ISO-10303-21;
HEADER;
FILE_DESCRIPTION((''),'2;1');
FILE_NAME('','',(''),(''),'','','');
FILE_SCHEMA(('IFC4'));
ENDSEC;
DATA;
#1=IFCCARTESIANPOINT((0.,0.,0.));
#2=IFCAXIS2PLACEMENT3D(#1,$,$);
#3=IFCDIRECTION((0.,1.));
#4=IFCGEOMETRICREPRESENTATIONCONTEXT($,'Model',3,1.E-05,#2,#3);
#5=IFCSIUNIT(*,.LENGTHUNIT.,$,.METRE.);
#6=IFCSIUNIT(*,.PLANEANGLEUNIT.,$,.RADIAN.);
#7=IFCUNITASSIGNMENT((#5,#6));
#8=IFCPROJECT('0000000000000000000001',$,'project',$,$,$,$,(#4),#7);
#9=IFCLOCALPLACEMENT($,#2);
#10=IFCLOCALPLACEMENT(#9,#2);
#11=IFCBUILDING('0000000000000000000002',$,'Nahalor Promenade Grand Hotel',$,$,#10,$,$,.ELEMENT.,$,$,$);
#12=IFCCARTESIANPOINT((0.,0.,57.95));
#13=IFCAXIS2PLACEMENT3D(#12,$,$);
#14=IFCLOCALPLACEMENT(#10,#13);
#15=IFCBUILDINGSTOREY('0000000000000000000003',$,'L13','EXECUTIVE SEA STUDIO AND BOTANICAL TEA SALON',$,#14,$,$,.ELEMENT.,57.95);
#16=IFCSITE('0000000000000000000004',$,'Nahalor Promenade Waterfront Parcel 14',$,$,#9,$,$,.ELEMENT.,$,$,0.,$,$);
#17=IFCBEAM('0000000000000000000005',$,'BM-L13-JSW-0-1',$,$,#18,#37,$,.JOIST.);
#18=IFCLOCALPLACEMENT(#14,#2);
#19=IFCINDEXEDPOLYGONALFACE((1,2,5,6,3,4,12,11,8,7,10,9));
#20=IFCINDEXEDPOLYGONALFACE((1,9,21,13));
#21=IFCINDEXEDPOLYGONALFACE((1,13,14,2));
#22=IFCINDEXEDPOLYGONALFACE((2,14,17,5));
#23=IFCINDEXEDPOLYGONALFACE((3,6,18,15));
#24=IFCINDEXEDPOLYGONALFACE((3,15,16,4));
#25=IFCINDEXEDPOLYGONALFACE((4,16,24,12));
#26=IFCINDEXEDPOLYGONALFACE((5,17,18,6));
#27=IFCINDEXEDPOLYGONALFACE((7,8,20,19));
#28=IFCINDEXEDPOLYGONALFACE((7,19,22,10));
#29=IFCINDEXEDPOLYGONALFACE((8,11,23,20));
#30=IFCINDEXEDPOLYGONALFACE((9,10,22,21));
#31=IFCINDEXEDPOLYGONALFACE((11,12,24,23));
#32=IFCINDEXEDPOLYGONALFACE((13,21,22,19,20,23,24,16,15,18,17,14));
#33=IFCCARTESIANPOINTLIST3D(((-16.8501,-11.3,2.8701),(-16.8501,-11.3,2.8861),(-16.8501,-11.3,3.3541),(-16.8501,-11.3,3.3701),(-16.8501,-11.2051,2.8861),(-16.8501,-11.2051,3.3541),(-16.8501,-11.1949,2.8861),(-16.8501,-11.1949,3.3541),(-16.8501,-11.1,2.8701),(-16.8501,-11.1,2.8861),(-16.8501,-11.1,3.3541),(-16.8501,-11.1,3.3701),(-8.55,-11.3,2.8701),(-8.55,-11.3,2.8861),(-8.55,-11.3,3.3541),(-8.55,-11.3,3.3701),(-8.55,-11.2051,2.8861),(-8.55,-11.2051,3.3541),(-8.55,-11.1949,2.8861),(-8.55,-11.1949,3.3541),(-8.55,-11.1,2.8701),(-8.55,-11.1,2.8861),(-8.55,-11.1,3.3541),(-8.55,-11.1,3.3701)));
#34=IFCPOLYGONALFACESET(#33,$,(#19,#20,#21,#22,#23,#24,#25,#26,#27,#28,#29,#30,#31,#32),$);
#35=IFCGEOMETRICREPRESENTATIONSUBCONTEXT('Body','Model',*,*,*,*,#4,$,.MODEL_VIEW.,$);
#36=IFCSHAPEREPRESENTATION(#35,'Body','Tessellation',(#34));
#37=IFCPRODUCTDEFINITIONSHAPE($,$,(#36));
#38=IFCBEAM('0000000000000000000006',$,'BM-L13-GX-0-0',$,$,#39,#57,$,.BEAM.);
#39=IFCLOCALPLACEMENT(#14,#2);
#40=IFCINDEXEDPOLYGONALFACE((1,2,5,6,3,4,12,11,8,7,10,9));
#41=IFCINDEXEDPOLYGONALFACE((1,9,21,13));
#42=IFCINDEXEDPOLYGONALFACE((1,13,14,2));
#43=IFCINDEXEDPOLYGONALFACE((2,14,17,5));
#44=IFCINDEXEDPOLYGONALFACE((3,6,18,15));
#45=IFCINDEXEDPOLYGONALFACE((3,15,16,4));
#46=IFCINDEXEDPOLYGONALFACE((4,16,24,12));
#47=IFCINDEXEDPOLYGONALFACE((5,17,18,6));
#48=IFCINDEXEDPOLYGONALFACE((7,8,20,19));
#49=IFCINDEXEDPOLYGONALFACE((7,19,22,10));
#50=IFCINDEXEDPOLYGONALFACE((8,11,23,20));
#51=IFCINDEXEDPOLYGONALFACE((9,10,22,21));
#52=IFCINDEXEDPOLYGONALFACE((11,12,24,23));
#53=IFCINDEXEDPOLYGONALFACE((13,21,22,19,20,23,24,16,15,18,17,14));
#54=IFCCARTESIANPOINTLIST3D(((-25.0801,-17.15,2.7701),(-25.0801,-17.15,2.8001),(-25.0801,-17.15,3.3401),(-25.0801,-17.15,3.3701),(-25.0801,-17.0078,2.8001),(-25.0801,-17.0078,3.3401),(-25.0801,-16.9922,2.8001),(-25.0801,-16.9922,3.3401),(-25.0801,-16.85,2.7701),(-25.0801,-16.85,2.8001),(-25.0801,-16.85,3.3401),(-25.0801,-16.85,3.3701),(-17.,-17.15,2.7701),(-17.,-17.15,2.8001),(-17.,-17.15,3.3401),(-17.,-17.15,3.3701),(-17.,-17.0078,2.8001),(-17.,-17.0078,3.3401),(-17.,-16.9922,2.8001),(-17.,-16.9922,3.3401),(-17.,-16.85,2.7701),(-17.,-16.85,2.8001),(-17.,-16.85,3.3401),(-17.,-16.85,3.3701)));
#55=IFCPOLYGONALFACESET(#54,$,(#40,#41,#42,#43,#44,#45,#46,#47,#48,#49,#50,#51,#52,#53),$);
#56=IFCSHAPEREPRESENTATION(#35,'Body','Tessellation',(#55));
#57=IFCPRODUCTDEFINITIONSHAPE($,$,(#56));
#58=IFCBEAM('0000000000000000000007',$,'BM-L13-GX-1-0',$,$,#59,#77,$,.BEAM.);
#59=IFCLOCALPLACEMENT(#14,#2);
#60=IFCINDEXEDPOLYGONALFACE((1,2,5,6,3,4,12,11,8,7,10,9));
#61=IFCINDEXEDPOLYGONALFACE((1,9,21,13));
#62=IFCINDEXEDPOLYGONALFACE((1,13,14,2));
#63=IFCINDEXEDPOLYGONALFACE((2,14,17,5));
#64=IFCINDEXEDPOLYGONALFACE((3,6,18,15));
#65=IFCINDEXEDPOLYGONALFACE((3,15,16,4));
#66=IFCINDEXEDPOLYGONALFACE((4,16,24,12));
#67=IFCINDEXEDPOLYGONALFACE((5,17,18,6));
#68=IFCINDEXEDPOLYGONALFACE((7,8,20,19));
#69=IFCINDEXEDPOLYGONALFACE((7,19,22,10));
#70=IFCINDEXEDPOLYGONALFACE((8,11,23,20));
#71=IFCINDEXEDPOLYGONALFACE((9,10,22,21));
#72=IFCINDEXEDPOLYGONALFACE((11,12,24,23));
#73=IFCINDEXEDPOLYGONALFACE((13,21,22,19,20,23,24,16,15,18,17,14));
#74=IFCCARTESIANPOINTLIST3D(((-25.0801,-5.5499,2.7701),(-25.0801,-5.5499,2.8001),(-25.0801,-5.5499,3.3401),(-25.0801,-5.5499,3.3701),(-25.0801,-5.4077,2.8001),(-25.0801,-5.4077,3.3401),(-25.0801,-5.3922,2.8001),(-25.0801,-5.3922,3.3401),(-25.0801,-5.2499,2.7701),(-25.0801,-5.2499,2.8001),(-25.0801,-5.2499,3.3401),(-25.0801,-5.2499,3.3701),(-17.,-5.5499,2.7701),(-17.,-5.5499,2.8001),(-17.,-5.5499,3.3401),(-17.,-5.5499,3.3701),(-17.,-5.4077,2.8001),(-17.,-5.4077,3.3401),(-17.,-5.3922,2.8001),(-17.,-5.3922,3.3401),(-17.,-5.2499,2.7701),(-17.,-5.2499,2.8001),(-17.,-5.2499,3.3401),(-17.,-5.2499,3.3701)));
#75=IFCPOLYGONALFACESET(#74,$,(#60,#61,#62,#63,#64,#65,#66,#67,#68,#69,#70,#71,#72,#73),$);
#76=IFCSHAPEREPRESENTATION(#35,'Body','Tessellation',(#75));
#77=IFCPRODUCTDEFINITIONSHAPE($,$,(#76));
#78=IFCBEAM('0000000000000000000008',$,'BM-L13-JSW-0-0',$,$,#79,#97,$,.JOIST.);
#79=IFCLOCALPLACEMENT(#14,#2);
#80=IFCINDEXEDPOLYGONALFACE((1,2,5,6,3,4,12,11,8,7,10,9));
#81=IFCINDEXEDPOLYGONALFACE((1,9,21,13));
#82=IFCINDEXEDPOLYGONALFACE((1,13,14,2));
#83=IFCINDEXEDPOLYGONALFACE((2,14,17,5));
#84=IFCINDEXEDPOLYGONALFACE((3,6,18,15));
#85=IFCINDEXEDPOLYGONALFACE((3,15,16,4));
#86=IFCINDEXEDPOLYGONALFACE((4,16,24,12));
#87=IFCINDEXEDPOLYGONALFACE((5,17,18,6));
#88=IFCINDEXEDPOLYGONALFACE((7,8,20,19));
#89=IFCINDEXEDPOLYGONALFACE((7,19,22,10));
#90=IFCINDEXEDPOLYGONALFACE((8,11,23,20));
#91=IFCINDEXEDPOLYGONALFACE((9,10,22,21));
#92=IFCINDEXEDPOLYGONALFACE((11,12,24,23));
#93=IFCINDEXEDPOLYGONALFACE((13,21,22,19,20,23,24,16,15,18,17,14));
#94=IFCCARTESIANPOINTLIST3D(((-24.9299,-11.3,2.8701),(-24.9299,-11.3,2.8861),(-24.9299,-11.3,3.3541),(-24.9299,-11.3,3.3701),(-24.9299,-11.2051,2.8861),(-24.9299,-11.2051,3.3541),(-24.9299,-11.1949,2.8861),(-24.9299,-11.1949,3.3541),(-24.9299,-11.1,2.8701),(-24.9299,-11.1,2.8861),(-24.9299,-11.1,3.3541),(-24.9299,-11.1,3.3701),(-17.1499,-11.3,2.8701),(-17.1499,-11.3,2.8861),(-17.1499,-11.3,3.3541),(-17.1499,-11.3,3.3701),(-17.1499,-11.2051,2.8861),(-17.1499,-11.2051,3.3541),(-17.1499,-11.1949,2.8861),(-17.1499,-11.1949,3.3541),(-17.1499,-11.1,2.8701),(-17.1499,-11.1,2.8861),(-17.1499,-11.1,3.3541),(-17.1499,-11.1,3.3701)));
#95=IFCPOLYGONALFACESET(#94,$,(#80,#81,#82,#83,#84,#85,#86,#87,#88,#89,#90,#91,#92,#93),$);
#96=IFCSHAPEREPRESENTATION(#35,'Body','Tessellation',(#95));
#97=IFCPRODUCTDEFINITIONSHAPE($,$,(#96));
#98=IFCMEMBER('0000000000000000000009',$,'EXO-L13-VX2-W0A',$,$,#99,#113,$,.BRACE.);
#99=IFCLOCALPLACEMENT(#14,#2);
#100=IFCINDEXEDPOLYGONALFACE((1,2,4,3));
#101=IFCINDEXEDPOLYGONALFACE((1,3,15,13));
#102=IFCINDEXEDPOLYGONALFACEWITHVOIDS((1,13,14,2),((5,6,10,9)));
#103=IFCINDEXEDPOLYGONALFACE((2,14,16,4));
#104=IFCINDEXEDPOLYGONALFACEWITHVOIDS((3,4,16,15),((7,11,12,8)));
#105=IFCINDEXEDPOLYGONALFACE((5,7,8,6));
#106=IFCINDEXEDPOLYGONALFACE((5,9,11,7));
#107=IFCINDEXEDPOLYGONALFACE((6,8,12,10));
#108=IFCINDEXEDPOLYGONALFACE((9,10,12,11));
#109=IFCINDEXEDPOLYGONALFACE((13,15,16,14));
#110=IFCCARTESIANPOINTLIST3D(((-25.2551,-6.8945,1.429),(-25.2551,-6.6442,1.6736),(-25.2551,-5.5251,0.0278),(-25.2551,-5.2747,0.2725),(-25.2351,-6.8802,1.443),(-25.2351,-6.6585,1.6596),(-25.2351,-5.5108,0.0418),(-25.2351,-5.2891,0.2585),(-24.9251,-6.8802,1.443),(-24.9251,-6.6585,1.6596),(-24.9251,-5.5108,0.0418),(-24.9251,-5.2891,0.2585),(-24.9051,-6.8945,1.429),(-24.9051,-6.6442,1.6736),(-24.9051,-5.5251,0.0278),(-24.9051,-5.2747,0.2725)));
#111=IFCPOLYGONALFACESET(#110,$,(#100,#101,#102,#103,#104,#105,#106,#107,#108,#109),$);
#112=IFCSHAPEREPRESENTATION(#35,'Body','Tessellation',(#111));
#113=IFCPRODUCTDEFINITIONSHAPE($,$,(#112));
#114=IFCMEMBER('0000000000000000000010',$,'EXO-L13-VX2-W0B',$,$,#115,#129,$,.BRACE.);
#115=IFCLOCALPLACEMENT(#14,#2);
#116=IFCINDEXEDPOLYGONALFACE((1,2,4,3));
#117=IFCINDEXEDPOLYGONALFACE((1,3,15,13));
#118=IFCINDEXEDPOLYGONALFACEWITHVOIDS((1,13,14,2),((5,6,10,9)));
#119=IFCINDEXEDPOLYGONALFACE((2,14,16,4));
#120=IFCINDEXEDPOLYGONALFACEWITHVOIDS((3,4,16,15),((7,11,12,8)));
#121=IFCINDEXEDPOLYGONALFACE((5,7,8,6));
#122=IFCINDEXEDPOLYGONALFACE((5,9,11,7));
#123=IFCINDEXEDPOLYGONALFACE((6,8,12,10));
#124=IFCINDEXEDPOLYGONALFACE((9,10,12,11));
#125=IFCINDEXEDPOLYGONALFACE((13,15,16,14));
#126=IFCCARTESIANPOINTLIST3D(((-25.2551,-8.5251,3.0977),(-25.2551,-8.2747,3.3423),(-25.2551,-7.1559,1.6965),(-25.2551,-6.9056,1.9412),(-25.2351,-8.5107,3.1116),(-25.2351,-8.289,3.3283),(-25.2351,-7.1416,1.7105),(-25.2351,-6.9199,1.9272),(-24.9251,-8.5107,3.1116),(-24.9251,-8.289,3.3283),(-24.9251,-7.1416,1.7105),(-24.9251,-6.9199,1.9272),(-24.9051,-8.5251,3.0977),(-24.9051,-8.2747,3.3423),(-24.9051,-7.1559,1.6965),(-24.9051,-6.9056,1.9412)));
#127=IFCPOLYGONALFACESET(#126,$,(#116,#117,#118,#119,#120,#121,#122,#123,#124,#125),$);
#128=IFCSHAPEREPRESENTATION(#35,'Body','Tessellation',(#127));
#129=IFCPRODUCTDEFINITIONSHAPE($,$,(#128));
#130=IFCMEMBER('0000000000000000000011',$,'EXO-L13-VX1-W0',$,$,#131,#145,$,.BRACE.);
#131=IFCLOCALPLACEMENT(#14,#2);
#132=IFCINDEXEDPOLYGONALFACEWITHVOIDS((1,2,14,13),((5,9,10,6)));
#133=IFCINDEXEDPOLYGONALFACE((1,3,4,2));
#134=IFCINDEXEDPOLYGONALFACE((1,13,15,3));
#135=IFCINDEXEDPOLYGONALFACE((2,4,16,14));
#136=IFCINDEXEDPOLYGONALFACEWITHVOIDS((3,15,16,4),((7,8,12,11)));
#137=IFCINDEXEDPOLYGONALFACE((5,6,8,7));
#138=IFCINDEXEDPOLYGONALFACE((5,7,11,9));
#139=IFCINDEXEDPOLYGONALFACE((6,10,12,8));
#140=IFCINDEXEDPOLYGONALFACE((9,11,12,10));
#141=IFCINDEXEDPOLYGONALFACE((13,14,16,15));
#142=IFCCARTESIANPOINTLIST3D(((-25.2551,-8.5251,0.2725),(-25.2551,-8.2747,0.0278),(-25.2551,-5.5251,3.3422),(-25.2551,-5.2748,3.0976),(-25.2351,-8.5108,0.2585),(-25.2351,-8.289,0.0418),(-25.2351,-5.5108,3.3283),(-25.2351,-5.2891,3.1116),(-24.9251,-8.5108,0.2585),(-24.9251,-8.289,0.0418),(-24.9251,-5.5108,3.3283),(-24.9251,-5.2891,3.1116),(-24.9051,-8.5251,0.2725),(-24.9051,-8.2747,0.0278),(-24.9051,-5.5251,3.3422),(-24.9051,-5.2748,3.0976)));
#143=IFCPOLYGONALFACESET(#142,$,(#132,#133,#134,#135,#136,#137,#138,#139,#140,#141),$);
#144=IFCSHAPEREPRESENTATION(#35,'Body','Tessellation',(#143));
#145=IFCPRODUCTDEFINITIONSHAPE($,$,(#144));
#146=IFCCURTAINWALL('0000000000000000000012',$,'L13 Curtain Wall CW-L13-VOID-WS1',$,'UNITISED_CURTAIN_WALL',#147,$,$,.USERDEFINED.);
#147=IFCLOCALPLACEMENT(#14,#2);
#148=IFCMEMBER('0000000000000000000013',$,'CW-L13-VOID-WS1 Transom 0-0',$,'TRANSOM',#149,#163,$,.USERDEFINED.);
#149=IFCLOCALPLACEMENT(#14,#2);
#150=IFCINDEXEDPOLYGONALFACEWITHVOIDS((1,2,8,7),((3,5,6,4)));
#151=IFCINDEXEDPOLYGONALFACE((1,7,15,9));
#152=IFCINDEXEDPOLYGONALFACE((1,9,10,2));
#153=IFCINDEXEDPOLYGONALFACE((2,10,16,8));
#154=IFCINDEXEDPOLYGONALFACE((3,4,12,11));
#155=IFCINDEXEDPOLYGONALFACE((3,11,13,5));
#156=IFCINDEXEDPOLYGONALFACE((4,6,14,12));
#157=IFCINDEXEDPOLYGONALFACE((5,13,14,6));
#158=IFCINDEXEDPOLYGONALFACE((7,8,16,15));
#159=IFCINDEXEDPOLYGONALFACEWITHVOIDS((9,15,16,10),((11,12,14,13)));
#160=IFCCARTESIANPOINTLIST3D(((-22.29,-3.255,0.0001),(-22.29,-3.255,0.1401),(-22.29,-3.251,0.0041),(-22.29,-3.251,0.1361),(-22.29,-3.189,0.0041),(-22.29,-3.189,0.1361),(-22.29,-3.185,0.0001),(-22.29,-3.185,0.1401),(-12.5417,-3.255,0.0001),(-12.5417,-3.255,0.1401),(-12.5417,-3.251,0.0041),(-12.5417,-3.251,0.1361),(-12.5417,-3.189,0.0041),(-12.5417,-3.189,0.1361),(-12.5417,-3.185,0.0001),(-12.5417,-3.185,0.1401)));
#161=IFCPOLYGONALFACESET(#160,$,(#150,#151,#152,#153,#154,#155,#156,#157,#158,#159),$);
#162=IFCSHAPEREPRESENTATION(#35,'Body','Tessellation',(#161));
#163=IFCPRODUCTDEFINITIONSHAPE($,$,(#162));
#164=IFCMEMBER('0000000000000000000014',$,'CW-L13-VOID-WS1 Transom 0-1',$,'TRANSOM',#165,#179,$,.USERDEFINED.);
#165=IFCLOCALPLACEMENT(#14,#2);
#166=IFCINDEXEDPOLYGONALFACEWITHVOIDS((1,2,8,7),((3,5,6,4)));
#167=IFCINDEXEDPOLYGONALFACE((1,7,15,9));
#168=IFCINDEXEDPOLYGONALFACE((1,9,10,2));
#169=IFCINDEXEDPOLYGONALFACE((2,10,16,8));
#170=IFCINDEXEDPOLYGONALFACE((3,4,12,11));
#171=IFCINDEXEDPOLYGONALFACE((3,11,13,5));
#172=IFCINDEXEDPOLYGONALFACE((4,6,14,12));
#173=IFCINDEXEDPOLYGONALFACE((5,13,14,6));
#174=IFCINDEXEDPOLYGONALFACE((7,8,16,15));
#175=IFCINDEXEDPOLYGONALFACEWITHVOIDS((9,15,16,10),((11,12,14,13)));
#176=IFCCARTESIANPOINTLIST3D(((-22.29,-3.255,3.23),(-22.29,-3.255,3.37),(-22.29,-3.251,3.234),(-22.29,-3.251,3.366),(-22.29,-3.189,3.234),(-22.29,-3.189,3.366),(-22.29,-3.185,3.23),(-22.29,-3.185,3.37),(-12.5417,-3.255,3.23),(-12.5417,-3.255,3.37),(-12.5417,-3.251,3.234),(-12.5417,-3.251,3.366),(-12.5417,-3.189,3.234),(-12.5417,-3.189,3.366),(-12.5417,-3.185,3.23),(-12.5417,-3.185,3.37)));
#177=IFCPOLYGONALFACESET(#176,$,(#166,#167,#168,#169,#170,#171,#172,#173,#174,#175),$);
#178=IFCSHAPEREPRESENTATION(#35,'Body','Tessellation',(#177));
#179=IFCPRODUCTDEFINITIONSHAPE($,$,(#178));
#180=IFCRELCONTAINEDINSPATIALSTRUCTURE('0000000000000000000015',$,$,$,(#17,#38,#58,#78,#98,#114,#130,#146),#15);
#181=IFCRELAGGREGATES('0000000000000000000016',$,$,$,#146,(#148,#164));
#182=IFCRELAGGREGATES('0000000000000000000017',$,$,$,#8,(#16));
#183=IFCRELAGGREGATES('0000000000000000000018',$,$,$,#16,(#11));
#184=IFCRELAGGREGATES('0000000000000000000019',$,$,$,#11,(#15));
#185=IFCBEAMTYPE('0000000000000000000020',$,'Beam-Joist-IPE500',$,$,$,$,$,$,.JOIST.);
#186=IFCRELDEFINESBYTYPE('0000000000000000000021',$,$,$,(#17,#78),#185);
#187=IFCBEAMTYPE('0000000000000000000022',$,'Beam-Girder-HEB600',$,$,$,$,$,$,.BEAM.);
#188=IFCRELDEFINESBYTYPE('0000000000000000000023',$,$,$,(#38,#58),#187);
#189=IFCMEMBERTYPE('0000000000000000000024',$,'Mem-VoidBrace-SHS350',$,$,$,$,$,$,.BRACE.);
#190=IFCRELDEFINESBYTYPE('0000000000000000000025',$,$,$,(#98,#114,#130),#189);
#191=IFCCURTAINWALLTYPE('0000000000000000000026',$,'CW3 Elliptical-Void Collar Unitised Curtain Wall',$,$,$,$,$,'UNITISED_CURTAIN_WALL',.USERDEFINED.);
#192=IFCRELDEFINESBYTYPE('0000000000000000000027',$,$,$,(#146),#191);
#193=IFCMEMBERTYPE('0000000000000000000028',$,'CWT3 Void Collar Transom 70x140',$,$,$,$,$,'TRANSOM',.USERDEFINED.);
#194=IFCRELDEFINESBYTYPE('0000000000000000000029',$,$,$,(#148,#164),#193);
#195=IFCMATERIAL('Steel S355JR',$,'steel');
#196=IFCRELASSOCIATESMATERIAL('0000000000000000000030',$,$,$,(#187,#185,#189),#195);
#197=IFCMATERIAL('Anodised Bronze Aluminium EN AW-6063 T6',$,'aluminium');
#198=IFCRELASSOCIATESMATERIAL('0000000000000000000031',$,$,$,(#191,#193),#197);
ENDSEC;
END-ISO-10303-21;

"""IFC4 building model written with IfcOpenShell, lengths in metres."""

from ifc_helpers import new_model, si_unit, direction, frame, origin, origin_2d, place, context, subcontext, project, spatial, hollow_rectangle, i_section, extrude, source, transform, mapped, material, material_profile, profile_set, type_object, element, aggregate, save


model = new_model("IFC4")

# Units and contexts
model_context = context("Model", 3, precision=1e-05, world=origin(), true_north=direction((0.0, 1.0)))
body_context = subcontext(model_context, "Body", "Model", "MODEL_VIEW")
ifc_project = project(units=[si_unit("LENGTHUNIT", "METRE"), si_unit("PLANEANGLEUNIT", "RADIAN")], contexts=[model_context])

# Site, building, storey
site_placement = place(None, origin())
site = spatial("IfcSite", under=ifc_project, at=site_placement, Name="Nahalor Promenade Waterfront Parcel 14", CompositionType="ELEMENT", RefElevation=0.0)
building_placement = place(site_placement, origin())
building = spatial("IfcBuilding", under=site, at=building_placement, Name="Nahalor Promenade Grand Hotel", CompositionType="ELEMENT")
storey_placement = place(building_placement, frame((0.0, 0.0, 57.95)))
storey = spatial("IfcBuildingStorey", under=building, at=storey_placement, Name="L13", Description="EXECUTIVE SEA STUDIO AND BOTANICAL TEA SALON", CompositionType="ELEMENT", Elevation=57.95)

# Beams
ifc_material_1 = material(Name="Steel S355JR", Category="steel")
ifc_material_profile_1 = material_profile(ifc_material_1, i_section(OverallWidth=0.3, OverallDepth=0.6, WebThickness=0.0155, FlangeThickness=0.03, at=origin_2d()), Name="HEB 600")
ifc_profile_set_1 = profile_set([ifc_material_profile_1], Name="Steel S355JR")
beam_type_1 = type_object("IfcBeamType", Name="Beam-Girder-HEB600", PredefinedType="BEAM", material=ifc_profile_set_1)
ifc_material_profile_2 = material_profile(ifc_material_1, i_section(OverallWidth=0.2, OverallDepth=0.5, WebThickness=0.0102, FlangeThickness=0.016, at=origin_2d()), Name="IPE 500")
ifc_profile_set_2 = profile_set([ifc_material_profile_2], Name="Steel S355JR")
beam_type_2 = type_object("IfcBeamType", Name="Beam-Joist-IPE500", PredefinedType="JOIST", material=ifc_profile_set_2)
shared_shape_1 = source(origin(), body_context, "Body", "SweptSolid", [
    extrude(i_section(OverallWidth=0.2, OverallDepth=0.5, WebThickness=0.0102, FlangeThickness=0.016, at=origin_2d()), origin(), (0.0, 0.0, 1.0), 8.3),
])
beam_1_placement = place(storey_placement, frame((-16.8501, -11.2, 3.1201), z_axis=(1.0, 0.0, 0.0), x_axis=(0.0, 1.0, 0.0)))
element("IfcBeam", 1, at=beam_1_placement, inside=storey, type_object=beam_type_2, Name="BM-L13-JSW-0-1", PredefinedType="JOIST", context=body_context, shape_type="MappedRepresentation", body=[
    mapped(shared_shape_1, transform((0.0, 0.0, 0.0), scale=1.0)),
])
shared_shape_2 = source(origin(), body_context, "Body", "SweptSolid", [
    extrude(i_section(OverallWidth=0.3, OverallDepth=0.6, WebThickness=0.0155, FlangeThickness=0.03, at=origin_2d()), origin(), (0.0, 0.0, 1.0), 8.0801),
])
for number, where, z_axis, x_axis, name in (
    (2, (-25.0801, -17.0, 3.0701), (1.0, 0.0, 0.0), (0.0, 1.0, 0.0), "BM-L13-GX-0-0"),
    (3, (-25.0801, -5.3999, 3.0701), (1.0, 0.0, 0.0), (0.0, 1.0, 0.0), "BM-L13-GX-1-0"),
):
    element("IfcBeam", number, at=place(storey_placement, frame(where, z_axis=z_axis, x_axis=x_axis)), inside=storey, type_object=beam_type_1, Name=name, PredefinedType="BEAM", context=body_context, shape_type="MappedRepresentation", body=[
        mapped(shared_shape_2, transform((0.0, 0.0, 0.0), scale=1.0)),
    ])
shared_shape_3 = source(origin(), body_context, "Body", "SweptSolid", [
    extrude(i_section(OverallWidth=0.2, OverallDepth=0.5, WebThickness=0.0102, FlangeThickness=0.016, at=origin_2d()), origin(), (0.0, 0.0, 1.0), 7.78),
])
beam_2_placement = place(storey_placement, frame((-24.9299, -11.2, 3.1201), z_axis=(1.0, 0.0, 0.0), x_axis=(0.0, 1.0, 0.0)))
element("IfcBeam", 4, at=beam_2_placement, inside=storey, type_object=beam_type_2, Name="BM-L13-JSW-0-0", PredefinedType="JOIST", context=body_context, shape_type="MappedRepresentation", body=[
    mapped(shared_shape_3, transform((0.0, 0.0, 0.0), scale=1.0)),
])

# Members
ifc_material_profile_3 = material_profile(ifc_material_1, hollow_rectangle(XDim=0.35, YDim=0.35, WallThickness=0.02, at=origin_2d()), Name="SHS 350x350x20")
ifc_profile_set_3 = profile_set([ifc_material_profile_3], Name="Steel S355JR")
member_type_1 = type_object("IfcMemberType", Name="Mem-VoidBrace-SHS350", PredefinedType="BRACE", material=ifc_profile_set_3)
shared_shape_4 = source(origin(), body_context, "Body", "SweptSolid", [
    extrude(hollow_rectangle(XDim=0.35, YDim=0.35, WallThickness=0.02, at=origin_2d()), origin(), (0.0, 0.0, 1.0), 1.9592),
])
member_1_placement = place(storey_placement, frame((-25.0801, -5.3999, 0.1501), z_axis=(0.0, -0.69896, 0.71516), x_axis=(1.0, 0.0, 0.0)))
element("IfcMember", 5, at=member_1_placement, inside=storey, type_object=member_type_1, Name="EXO-L13-VX2-W0A", PredefinedType="BRACE", context=body_context, shape_type="MappedRepresentation", body=[
    mapped(shared_shape_4, transform((0.0, 0.0, 0.0), scale=1.0)),
])
shared_shape_5 = source(origin(), body_context, "Body", "SweptSolid", [
    extrude(hollow_rectangle(XDim=0.35, YDim=0.35, WallThickness=0.02, at=origin_2d()), origin(), (0.0, 0.0, 1.0), 1.959),
])
member_2_placement = place(storey_placement, frame((-25.0801, -7.0308, 1.8188), z_axis=(0.0, -0.698897, 0.715223), x_axis=(1.0, 0.0, 0.0)))
element("IfcMember", 6, at=member_2_placement, inside=storey, type_object=member_type_1, Name="EXO-L13-VX2-W0B", PredefinedType="BRACE", context=body_context, shape_type="MappedRepresentation", body=[
    mapped(shared_shape_5, transform((0.0, 0.0, 0.0), scale=1.0)),
])
shared_shape_6 = source(origin(), body_context, "Body", "SweptSolid", [
    extrude(hollow_rectangle(XDim=0.35, YDim=0.35, WallThickness=0.02, at=origin_2d()), origin(), (0.0, 0.0, 1.0), 4.2922),
])
member_3_placement = place(storey_placement, frame((-25.0801, -8.3999, 0.1501), z_axis=(0.0, 0.698926, 0.715194), x_axis=(-1.0, 0.0, 0.0)))
element("IfcMember", 7, at=member_3_placement, inside=storey, type_object=member_type_1, Name="EXO-L13-VX1-W0", PredefinedType="BRACE", context=body_context, shape_type="MappedRepresentation", body=[
    mapped(shared_shape_6, transform((0.0, 0.0, 0.0), scale=1.0)),
])

# Curtain wall, members
ifc_material_2 = material(Name="Anodised Bronze Aluminium EN AW-6063 T6", Category="aluminium")
curtain_wall_type = type_object("IfcCurtainWallType", Name="CW3 Elliptical-Void Collar Unitised Curtain Wall", ElementType="UNITISED_CURTAIN_WALL", PredefinedType="USERDEFINED", material=ifc_material_2)
curtain_wall_1_placement = place(storey_placement, origin())
curtain_wall_1 = element("IfcCurtainWall", 8, at=curtain_wall_1_placement, inside=storey, type_object=curtain_wall_type, Name="L13 Curtain Wall CW-L13-VOID-WS1", ObjectType="UNITISED_CURTAIN_WALL", PredefinedType="USERDEFINED")
ifc_material_profile_4 = material_profile(ifc_material_2, hollow_rectangle(XDim=0.07, YDim=0.14, WallThickness=0.004, at=origin_2d()), Name="CWT 70x140x4")
ifc_profile_set_4 = profile_set([ifc_material_profile_4], Name="Anodised Bronze Aluminium EN AW-6063 T6")
member_type_2 = type_object("IfcMemberType", Name="CWT3 Void Collar Transom 70x140", ElementType="TRANSOM", PredefinedType="USERDEFINED", material=ifc_profile_set_4)
shared_shape_7 = source(origin(), body_context, "Body", "SweptSolid", [
    extrude(hollow_rectangle(XDim=0.07, YDim=0.14, WallThickness=0.004, at=origin_2d()), origin(), (0.0, 0.0, 1.0), 9.7483),
])
member_4_placement = place(storey_placement, frame((-22.29, -3.22, 0.0701), z_axis=(1.0, 0.0, 0.0), x_axis=(0.0, 1.0, 0.0)))
member_4 = element("IfcMember", 9, at=member_4_placement, type_object=member_type_2, Name="CW-L13-VOID-WS1 Transom 0-0", ObjectType="TRANSOM", PredefinedType="USERDEFINED", context=body_context, shape_type="MappedRepresentation", body=[
    mapped(shared_shape_7, transform((0.0, 0.0, 0.0), scale=1.0)),
])
member_5_placement = place(storey_placement, frame((-22.29, -3.22, 3.3), z_axis=(1.0, 0.0, 0.0), x_axis=(0.0, 1.0, 0.0)))
member_5 = element("IfcMember", 10, at=member_5_placement, type_object=member_type_2, Name="CW-L13-VOID-WS1 Transom 0-1", ObjectType="TRANSOM", PredefinedType="USERDEFINED", context=body_context, shape_type="MappedRepresentation", body=[
    mapped(shared_shape_7, transform((0.0, 0.0, 0.0), scale=1.0)),
])

aggregate(curtain_wall_1, [member_4, member_5])

save(model, "model.ifc")
